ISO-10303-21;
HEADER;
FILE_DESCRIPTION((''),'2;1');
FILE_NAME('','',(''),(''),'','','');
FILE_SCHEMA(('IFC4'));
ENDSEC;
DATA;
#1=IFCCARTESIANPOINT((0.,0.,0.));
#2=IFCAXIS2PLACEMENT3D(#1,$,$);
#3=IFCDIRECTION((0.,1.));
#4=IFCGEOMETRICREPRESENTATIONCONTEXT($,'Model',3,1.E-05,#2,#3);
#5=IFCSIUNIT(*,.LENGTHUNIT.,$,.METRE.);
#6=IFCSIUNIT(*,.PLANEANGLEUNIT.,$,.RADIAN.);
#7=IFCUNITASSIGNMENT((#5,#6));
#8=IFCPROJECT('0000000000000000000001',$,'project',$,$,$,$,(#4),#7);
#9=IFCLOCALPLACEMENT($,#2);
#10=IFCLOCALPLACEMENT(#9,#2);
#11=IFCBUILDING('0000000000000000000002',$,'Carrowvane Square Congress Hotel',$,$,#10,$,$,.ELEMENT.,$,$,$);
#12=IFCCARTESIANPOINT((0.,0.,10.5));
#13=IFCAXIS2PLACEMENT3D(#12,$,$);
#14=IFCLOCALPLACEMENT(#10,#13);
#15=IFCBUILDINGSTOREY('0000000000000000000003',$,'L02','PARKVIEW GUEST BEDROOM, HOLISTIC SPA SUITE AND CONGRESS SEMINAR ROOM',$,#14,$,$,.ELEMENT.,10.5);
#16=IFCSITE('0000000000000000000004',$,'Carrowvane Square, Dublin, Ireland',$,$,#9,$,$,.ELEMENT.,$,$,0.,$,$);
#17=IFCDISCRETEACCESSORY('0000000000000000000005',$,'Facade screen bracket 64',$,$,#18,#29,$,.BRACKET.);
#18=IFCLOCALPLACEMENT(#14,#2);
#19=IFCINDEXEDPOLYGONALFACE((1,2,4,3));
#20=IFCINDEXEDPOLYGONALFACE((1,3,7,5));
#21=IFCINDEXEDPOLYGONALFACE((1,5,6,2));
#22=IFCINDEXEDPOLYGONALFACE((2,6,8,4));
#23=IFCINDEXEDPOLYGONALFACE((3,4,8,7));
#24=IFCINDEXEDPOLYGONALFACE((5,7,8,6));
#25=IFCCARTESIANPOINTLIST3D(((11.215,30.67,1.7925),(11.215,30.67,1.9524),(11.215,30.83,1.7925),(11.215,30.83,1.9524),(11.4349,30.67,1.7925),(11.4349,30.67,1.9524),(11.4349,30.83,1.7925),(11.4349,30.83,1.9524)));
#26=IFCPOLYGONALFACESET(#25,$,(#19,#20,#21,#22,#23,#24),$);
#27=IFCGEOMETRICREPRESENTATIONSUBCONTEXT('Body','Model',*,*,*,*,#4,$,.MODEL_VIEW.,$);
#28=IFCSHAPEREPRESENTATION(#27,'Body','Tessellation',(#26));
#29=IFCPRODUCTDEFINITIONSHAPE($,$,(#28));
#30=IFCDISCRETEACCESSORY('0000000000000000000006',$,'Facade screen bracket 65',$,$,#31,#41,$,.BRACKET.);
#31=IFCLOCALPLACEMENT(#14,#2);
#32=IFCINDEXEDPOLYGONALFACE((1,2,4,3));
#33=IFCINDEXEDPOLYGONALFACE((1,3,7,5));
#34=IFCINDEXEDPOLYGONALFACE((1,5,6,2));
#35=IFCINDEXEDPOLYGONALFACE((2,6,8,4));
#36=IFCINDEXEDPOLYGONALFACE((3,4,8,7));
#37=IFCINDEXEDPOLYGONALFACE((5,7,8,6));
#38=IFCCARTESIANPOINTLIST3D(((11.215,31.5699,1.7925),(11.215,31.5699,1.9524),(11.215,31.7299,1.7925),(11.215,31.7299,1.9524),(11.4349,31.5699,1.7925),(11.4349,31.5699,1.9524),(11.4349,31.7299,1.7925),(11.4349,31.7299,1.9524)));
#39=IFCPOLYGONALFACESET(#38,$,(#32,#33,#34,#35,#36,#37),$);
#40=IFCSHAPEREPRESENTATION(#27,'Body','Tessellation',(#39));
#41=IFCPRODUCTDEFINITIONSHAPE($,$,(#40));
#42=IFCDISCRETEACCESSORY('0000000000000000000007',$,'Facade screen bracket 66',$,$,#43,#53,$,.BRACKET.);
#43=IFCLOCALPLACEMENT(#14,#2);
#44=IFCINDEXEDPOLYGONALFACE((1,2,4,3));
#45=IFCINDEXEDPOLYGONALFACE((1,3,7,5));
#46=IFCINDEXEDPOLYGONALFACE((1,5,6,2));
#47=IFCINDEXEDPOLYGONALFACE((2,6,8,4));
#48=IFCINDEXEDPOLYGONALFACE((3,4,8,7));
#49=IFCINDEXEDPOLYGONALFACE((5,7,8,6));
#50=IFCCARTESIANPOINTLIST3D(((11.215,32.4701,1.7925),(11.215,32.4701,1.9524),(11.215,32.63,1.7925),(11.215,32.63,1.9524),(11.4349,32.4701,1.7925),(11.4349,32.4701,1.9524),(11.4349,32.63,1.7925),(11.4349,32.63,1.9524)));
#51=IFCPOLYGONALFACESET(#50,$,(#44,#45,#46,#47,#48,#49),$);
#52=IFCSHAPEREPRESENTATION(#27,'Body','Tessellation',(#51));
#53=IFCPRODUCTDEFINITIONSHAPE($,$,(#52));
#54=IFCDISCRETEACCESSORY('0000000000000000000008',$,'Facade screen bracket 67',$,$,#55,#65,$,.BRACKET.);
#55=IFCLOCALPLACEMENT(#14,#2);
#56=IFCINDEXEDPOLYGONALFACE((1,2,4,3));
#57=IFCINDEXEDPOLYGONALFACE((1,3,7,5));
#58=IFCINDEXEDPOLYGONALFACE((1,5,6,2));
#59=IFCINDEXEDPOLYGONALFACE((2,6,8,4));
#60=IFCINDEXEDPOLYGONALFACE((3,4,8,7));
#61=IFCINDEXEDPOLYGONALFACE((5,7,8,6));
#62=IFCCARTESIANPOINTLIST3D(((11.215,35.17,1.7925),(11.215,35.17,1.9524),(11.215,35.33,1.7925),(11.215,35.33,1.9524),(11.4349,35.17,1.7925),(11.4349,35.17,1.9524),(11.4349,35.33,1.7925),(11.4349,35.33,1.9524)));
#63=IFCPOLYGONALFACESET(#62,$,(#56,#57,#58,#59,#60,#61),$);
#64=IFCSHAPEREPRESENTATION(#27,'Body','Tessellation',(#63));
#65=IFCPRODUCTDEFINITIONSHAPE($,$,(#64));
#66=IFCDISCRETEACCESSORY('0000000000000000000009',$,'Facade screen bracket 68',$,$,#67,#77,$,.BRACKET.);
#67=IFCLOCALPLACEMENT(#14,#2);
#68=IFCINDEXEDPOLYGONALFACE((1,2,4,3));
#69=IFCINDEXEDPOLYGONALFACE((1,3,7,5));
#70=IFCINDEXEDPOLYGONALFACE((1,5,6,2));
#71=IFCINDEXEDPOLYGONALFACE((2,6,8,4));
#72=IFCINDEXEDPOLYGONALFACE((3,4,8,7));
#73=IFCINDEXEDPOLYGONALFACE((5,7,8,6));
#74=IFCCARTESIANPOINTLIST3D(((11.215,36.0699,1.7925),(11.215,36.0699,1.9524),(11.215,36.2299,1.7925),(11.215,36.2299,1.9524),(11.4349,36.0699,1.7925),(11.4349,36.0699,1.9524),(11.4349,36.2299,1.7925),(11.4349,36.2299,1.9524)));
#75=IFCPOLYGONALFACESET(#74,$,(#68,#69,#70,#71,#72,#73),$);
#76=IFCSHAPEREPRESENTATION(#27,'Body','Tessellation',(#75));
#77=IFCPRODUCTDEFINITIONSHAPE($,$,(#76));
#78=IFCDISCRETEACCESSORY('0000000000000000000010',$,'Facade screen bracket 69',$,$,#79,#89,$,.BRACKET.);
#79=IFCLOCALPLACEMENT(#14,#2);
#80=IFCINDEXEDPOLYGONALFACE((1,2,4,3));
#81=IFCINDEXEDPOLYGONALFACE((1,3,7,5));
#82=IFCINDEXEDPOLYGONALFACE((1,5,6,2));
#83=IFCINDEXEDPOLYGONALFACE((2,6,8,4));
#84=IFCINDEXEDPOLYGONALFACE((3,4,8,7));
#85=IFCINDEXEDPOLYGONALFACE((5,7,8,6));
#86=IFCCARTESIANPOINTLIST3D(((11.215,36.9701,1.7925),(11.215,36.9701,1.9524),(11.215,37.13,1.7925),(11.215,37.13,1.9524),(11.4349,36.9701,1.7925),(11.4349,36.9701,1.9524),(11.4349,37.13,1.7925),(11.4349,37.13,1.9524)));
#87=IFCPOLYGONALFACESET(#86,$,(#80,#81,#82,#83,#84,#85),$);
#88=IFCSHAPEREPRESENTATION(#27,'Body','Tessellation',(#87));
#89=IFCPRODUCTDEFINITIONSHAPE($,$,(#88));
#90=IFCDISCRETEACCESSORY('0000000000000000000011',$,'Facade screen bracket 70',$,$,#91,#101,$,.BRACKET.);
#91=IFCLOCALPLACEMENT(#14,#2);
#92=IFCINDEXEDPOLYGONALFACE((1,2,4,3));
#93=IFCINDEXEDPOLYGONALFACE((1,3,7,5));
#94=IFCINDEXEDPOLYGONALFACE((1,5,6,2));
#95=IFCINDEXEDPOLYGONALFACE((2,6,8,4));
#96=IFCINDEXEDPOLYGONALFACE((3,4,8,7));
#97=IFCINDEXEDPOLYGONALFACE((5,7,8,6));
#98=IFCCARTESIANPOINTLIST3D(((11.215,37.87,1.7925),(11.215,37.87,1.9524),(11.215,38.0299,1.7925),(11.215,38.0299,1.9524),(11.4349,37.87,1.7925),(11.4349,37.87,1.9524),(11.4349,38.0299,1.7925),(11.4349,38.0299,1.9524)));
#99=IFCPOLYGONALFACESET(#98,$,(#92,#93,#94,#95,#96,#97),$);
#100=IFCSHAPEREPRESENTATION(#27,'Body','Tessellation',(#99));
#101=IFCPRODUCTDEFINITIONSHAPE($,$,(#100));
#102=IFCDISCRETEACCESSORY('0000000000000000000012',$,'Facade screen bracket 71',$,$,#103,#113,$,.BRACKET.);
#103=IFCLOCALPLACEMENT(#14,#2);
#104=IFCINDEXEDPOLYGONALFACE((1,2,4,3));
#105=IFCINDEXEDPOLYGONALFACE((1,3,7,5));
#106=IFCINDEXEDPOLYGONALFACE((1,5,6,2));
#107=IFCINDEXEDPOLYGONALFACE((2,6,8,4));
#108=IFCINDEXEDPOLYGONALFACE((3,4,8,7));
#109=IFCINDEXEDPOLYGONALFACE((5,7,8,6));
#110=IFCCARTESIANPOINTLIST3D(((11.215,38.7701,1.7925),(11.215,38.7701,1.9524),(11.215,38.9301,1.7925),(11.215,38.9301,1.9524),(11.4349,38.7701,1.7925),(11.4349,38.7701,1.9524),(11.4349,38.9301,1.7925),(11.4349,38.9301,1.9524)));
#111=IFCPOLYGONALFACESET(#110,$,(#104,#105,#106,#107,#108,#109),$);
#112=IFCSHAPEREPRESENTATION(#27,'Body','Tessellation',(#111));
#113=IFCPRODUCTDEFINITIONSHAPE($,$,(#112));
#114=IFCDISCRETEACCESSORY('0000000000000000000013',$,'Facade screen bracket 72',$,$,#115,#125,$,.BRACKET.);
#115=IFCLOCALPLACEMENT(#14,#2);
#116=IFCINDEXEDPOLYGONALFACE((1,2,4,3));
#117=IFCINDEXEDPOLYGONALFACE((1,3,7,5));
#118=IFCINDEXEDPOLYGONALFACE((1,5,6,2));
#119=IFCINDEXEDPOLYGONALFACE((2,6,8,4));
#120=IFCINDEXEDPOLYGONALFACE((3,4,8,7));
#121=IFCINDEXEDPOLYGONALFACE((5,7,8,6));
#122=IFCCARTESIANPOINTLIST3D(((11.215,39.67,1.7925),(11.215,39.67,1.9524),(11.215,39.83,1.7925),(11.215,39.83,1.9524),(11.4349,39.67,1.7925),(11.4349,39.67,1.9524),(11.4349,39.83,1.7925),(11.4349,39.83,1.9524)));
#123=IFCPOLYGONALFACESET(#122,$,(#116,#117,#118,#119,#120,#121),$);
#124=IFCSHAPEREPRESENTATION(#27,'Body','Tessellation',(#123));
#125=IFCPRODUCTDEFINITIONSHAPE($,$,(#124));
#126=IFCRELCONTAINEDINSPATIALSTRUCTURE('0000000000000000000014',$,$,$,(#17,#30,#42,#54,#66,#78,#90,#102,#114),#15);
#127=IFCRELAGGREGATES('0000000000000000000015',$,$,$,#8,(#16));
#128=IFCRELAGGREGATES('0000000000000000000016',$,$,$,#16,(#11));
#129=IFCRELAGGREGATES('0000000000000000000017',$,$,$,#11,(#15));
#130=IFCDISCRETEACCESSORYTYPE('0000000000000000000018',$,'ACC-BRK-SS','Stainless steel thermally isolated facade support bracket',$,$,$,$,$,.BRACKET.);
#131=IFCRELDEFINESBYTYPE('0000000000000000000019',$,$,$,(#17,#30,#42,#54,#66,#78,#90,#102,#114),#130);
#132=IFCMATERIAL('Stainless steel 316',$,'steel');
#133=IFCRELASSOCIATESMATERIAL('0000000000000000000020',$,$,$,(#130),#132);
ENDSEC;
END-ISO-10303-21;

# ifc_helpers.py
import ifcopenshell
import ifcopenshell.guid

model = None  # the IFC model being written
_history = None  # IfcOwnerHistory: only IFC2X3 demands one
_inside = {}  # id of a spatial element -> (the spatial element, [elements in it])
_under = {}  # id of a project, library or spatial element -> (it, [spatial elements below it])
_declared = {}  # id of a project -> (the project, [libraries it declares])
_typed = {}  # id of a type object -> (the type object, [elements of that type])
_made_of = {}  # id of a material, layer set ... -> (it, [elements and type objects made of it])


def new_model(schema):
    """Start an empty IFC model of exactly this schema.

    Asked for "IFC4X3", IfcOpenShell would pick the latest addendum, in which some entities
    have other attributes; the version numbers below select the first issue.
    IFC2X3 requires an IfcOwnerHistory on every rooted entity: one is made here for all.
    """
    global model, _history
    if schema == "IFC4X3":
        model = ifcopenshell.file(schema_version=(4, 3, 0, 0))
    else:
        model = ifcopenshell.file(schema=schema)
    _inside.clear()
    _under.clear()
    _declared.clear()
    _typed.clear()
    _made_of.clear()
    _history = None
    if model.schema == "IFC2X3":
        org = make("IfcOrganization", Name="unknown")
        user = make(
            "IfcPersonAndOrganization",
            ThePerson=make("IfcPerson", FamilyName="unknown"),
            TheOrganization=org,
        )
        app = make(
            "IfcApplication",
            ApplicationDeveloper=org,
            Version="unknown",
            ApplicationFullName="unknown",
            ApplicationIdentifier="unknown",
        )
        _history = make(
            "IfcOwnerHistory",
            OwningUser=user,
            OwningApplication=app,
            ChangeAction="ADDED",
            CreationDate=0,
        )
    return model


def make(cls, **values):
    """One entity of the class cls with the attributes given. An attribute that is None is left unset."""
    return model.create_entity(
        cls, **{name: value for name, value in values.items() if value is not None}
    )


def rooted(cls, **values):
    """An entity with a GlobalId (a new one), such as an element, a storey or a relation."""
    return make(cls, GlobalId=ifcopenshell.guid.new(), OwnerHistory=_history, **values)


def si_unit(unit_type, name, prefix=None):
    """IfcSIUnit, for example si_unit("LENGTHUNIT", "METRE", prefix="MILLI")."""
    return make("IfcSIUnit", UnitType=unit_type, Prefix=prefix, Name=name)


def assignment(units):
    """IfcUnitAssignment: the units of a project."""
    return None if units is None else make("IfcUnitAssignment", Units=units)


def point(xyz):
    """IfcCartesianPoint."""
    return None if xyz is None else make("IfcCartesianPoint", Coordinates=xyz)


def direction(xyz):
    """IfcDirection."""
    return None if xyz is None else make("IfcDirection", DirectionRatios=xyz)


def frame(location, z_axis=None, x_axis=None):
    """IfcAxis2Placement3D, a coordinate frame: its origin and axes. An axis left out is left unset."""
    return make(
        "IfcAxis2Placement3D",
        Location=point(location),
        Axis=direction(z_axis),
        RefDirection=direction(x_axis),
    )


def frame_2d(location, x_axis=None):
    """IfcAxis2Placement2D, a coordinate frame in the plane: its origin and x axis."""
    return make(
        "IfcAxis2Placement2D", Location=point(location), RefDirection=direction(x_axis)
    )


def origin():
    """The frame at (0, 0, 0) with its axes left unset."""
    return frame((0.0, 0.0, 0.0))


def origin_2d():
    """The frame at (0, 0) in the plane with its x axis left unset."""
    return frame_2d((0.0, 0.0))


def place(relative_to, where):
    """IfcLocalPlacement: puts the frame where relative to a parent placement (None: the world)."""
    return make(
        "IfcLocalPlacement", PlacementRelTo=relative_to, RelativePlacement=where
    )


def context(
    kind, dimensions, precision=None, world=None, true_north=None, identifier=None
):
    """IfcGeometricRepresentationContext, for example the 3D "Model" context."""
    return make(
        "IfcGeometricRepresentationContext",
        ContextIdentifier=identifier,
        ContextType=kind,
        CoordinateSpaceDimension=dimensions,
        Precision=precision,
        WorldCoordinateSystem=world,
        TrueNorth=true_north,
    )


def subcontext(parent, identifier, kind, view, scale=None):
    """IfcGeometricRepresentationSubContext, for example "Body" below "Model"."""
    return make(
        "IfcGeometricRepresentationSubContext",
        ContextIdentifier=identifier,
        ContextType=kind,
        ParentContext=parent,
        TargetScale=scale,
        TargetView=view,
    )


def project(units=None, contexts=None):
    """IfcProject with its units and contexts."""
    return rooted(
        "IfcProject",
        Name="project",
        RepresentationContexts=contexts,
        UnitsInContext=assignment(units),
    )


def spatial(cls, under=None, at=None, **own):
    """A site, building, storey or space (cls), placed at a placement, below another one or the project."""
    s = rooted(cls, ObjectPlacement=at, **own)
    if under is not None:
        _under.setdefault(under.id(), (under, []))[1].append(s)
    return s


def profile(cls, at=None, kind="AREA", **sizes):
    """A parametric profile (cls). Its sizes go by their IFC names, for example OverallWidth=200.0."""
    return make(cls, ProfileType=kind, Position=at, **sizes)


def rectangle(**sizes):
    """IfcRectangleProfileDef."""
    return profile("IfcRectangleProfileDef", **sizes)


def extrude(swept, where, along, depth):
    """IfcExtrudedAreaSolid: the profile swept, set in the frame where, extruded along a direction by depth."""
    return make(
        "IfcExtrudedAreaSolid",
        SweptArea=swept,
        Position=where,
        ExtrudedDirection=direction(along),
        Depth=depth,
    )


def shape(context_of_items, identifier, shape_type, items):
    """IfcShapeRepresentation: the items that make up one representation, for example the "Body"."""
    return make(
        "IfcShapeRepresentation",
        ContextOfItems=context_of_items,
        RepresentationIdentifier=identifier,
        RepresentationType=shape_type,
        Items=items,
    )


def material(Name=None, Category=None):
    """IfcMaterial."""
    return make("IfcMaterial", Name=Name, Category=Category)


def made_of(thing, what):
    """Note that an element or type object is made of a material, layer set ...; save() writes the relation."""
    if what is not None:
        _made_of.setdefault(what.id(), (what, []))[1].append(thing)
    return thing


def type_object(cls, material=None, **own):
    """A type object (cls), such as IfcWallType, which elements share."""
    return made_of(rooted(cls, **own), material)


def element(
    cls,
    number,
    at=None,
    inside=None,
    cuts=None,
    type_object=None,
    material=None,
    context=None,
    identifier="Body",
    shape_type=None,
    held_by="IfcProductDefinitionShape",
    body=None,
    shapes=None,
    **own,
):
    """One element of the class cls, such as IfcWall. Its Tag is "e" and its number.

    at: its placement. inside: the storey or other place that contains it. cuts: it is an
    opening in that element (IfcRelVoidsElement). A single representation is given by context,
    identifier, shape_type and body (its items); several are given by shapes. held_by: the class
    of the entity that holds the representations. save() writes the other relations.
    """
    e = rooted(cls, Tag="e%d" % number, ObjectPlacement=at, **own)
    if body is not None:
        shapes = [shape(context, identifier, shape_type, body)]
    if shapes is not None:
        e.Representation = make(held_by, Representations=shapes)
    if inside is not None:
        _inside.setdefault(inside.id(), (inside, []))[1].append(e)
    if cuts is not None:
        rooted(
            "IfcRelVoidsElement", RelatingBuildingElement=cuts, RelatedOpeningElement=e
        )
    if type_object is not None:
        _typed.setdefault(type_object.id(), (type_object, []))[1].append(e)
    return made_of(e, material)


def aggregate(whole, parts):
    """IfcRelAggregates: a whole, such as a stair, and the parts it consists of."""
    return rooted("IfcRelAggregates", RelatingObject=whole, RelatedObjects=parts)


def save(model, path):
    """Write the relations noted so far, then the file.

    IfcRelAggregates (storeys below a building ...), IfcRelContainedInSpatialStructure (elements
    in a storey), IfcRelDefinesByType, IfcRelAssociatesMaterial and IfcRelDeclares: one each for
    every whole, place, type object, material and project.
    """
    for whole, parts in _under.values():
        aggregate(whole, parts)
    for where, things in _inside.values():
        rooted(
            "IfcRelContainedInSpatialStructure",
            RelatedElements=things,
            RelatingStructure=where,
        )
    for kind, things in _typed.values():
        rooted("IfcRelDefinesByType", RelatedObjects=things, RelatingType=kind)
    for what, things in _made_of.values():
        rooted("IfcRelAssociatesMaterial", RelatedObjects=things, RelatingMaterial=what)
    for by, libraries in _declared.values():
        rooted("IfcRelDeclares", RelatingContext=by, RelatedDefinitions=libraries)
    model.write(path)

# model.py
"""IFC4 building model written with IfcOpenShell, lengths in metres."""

from ifc_helpers import new_model, si_unit, direction, frame, origin, origin_2d, place, context, subcontext, project, spatial, rectangle, extrude, material, type_object, element, save


model = new_model("IFC4")

# Units and contexts
model_context = context("Model", 3, precision=1e-05, world=origin(), true_north=direction((0.0, 1.0)))
body_context = subcontext(model_context, "Body", "Model", "MODEL_VIEW")
ifc_project = project(units=[si_unit("LENGTHUNIT", "METRE"), si_unit("PLANEANGLEUNIT", "RADIAN")], contexts=[model_context])

# Site, building, storey
site_placement = place(None, origin())
site = spatial("IfcSite", under=ifc_project, at=site_placement, Name="Carrowvane Square, Dublin, Ireland", CompositionType="ELEMENT", RefElevation=0.0)
building_placement = place(site_placement, origin())
building = spatial("IfcBuilding", under=site, at=building_placement, Name="Carrowvane Square Congress Hotel", CompositionType="ELEMENT")
storey_placement = place(building_placement, frame((0.0, 0.0, 10.5)))
storey = spatial("IfcBuildingStorey", under=building, at=storey_placement, Name="L02", Description="PARKVIEW GUEST BEDROOM, HOLISTIC SPA SUITE AND CONGRESS SEMINAR ROOM", CompositionType="ELEMENT", Elevation=10.5)

# Discrete accessories
ifc_material_1 = material(Name="Stainless steel 316", Category="steel")
discrete_accessory_type = type_object("IfcDiscreteAccessoryType", Name="ACC-BRK-SS", Description="Stainless steel thermally isolated facade support bracket", PredefinedType="BRACKET", material=ifc_material_1)
for number, where, z_axis, x_axis, name in (
    (1, (11.325, 30.75, 1.7925), (0.0, 0.0, 1.0), (0.0, 1.0, 0.0), "Facade screen bracket 64"),
    (2, (11.325, 31.6499, 1.7925), (0.0, 0.0, 1.0), (0.0, 1.0, 0.0), "Facade screen bracket 65"),
    (3, (11.325, 32.55, 1.7925), (0.0, 0.0, 1.0), (0.0, 1.0, 0.0), "Facade screen bracket 66"),
    (4, (11.325, 35.25, 1.7925), (0.0, 0.0, 1.0), (0.0, 1.0, 0.0), "Facade screen bracket 67"),
    (5, (11.325, 36.1499, 1.7925), (0.0, 0.0, 1.0), (0.0, 1.0, 0.0), "Facade screen bracket 68"),
    (6, (11.325, 37.05, 1.7925), (0.0, 0.0, 1.0), (0.0, 1.0, 0.0), "Facade screen bracket 69"),
    (7, (11.325, 37.95, 1.7925), (0.0, 0.0, 1.0), (0.0, 1.0, 0.0), "Facade screen bracket 70"),
    (8, (11.325, 38.8501, 1.7925), (0.0, 0.0, 1.0), (0.0, 1.0, 0.0), "Facade screen bracket 71"),
    (9, (11.325, 39.75, 1.7925), (0.0, 0.0, 1.0), (0.0, 1.0, 0.0), "Facade screen bracket 72"),
):
    element("IfcDiscreteAccessory", number, at=place(storey_placement, frame(where, z_axis=z_axis, x_axis=x_axis)), inside=storey, type_object=discrete_accessory_type, Name=name, PredefinedType="BRACKET", context=body_context, shape_type="SweptSolid", body=[
        extrude(rectangle(XDim=0.1599, YDim=0.22, at=origin_2d()), origin(), (0.0, 0.0, 1.0), 0.1599),
    ])

save(model, "model.ifc")
